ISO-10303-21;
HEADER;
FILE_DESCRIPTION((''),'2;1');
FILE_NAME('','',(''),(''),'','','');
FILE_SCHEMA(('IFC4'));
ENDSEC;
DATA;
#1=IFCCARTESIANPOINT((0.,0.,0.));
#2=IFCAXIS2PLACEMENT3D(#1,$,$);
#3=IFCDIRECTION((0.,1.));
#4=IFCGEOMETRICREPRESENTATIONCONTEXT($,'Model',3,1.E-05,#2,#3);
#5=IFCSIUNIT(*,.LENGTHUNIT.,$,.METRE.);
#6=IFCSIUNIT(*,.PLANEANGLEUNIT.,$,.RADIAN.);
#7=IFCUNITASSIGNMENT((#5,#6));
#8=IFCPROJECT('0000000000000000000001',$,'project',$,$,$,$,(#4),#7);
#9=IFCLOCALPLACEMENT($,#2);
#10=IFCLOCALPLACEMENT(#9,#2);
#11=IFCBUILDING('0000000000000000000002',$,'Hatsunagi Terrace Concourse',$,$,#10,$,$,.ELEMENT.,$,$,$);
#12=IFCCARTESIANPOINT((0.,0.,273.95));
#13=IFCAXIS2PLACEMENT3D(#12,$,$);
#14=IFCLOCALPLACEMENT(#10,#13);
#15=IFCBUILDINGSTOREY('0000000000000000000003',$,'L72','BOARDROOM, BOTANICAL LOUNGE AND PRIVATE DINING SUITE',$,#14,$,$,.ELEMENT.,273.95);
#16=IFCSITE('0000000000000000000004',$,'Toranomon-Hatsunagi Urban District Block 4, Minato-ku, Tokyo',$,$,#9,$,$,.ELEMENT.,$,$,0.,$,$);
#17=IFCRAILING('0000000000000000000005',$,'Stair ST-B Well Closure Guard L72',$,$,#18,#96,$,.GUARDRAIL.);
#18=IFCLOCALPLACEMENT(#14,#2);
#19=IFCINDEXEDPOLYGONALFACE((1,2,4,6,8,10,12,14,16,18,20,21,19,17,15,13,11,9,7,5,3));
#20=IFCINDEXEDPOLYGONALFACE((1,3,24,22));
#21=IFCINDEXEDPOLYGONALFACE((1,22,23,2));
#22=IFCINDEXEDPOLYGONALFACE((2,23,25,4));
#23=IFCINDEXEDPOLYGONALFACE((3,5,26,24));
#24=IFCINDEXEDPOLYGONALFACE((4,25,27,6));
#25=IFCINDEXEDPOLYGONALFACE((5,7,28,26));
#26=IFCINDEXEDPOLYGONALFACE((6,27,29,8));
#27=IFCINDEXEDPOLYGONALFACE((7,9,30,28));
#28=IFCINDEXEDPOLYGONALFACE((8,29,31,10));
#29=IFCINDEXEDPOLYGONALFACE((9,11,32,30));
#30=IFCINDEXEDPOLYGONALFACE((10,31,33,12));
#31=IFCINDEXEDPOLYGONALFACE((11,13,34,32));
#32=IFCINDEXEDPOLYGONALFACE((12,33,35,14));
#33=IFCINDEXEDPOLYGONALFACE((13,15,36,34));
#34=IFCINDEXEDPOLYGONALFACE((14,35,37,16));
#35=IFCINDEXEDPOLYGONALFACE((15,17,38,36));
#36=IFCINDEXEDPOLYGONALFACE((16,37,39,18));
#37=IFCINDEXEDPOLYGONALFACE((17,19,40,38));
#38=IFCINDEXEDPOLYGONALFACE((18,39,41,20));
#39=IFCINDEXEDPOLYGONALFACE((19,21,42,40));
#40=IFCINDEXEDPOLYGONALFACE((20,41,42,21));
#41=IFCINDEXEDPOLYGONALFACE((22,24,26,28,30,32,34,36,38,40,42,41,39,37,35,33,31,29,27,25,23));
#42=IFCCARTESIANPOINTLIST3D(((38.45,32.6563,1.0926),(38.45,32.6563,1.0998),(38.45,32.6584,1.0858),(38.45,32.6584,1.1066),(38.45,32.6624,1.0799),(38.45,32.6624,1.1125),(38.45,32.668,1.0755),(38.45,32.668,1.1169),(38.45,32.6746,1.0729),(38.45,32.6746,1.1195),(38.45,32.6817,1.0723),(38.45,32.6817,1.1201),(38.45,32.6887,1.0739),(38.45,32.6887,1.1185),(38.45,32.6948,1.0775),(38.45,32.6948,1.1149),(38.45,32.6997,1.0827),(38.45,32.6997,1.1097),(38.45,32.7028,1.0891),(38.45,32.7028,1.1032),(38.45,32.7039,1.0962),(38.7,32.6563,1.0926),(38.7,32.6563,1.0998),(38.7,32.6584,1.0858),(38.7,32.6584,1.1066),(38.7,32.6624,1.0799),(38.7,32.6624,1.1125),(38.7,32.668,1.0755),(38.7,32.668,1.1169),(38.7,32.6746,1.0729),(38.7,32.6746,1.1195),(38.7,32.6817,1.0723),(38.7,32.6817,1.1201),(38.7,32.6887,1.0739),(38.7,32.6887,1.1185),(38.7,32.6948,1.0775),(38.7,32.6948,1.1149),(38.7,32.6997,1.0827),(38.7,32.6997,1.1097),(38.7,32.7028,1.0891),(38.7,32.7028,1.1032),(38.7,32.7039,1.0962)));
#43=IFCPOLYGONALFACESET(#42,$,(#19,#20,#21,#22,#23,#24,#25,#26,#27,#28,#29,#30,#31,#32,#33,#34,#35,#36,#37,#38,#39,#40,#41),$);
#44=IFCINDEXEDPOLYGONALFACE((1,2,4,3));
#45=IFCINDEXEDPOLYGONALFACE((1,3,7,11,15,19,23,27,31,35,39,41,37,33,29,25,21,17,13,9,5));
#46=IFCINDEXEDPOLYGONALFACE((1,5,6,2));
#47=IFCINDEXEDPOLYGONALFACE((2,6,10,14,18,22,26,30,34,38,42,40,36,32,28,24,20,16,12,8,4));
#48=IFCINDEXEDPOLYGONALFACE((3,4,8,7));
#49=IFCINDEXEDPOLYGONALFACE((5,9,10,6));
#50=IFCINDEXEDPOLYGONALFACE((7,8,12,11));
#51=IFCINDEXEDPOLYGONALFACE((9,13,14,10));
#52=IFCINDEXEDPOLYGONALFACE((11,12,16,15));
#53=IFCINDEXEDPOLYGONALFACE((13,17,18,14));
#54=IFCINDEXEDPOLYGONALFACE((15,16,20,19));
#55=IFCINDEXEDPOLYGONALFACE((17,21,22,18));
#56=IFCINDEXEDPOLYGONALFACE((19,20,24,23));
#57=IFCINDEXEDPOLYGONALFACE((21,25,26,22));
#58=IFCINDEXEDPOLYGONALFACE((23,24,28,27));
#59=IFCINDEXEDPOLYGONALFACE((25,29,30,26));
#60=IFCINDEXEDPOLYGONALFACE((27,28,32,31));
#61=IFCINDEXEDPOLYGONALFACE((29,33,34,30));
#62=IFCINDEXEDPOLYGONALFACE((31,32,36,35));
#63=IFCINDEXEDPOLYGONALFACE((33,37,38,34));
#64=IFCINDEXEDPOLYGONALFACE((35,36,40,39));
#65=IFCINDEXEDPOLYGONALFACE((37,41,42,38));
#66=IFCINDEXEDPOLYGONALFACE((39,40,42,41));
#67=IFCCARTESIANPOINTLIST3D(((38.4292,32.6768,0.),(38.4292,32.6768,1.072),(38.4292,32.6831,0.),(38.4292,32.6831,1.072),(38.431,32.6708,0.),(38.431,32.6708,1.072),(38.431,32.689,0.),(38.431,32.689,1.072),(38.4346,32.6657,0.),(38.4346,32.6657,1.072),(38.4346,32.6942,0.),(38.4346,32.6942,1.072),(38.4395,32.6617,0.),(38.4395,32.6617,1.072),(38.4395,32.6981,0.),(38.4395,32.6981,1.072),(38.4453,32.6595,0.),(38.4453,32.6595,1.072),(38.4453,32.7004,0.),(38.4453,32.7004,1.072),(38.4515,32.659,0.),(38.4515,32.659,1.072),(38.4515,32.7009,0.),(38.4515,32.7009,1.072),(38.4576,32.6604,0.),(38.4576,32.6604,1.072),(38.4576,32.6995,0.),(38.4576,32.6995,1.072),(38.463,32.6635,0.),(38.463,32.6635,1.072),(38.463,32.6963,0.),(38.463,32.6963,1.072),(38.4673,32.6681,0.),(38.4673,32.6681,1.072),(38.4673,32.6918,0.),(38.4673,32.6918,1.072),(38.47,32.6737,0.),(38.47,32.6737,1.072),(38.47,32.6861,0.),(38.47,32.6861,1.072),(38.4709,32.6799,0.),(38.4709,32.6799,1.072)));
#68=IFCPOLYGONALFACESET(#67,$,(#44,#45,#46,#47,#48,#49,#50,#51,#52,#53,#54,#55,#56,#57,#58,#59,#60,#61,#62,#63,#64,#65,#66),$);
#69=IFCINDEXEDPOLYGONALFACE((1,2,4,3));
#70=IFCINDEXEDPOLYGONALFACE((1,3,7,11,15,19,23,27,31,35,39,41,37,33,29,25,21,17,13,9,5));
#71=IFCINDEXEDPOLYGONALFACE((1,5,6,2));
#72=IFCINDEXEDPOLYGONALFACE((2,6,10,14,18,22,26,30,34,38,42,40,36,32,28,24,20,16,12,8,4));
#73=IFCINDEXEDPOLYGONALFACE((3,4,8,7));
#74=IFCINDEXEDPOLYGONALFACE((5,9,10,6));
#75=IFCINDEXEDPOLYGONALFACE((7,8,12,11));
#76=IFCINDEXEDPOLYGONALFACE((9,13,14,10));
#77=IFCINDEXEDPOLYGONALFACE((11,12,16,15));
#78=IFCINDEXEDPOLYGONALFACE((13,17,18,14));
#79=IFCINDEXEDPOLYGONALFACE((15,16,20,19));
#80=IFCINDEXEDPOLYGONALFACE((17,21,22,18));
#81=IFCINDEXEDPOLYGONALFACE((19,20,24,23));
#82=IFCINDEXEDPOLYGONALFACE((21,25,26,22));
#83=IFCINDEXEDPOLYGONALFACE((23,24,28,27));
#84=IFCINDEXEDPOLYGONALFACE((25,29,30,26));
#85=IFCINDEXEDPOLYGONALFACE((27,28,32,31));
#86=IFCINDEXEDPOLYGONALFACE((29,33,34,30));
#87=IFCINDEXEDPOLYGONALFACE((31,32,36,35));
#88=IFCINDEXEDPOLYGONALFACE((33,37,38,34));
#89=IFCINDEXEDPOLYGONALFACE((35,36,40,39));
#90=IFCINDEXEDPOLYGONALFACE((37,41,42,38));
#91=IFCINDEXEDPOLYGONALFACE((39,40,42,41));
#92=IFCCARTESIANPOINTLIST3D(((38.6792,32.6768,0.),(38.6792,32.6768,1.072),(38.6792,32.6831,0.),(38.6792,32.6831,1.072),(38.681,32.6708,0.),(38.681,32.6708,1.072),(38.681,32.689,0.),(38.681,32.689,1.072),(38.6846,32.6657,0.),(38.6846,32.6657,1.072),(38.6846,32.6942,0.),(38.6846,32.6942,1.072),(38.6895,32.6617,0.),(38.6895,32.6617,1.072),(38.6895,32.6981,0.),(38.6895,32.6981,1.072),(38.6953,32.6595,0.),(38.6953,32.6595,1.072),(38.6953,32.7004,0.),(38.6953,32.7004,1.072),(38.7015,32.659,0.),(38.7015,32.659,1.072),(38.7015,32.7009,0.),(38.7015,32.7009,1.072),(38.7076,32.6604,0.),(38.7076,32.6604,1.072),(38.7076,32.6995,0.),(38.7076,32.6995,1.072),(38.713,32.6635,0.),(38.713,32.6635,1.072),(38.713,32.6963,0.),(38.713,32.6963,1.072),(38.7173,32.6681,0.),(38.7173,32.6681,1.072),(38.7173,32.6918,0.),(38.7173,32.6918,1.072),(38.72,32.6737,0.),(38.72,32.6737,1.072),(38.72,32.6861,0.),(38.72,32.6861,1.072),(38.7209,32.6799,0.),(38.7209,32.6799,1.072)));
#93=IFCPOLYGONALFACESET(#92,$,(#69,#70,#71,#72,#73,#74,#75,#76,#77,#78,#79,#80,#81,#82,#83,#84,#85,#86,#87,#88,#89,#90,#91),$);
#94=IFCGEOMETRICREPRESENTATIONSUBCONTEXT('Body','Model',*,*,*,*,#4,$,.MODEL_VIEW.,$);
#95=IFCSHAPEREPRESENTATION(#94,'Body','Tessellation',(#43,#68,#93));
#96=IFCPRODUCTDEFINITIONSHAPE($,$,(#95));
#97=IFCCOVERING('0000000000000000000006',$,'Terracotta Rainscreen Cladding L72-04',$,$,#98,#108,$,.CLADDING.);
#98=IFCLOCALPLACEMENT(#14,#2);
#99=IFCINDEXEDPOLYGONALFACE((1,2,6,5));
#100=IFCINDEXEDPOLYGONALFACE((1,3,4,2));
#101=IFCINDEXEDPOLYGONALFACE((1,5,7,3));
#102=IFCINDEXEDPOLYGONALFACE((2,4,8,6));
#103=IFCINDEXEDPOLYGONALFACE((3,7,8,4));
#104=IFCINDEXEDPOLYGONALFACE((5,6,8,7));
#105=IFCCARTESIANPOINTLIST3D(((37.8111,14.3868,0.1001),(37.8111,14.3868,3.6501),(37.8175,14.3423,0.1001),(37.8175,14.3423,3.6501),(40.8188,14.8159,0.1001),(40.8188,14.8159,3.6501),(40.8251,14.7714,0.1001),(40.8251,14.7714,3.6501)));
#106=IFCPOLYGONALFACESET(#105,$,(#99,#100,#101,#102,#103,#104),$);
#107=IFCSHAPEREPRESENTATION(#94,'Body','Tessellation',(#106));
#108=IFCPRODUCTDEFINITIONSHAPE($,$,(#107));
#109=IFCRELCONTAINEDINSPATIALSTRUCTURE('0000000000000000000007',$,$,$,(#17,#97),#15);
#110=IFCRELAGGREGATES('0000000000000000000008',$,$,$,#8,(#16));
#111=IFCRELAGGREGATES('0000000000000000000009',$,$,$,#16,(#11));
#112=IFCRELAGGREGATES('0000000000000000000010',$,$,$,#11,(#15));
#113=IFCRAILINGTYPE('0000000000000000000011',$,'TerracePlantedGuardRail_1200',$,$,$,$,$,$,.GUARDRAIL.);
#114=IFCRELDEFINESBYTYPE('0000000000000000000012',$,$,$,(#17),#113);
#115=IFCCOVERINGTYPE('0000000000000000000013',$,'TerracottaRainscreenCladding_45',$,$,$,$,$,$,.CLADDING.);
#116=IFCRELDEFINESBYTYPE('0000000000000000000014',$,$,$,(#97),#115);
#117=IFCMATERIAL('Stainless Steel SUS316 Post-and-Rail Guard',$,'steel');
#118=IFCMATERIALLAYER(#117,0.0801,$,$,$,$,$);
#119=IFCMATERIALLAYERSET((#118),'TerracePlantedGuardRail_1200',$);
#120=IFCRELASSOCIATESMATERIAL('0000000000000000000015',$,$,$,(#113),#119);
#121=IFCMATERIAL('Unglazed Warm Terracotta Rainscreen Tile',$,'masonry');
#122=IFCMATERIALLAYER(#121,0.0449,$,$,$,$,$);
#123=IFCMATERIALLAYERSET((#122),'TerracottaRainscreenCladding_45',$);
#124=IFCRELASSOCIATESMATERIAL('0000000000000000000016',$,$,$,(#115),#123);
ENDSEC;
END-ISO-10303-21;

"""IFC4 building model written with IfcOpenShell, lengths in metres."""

from ifc_helpers import new_model, si_unit, direction, frame, origin, origin_2d, place, context, subcontext, project, spatial, rectangle, circle, extrude, material, layer, layer_set, type_object, element, save


model = new_model("IFC4")

# Units and contexts
model_context = context("Model", 3, precision=1e-05, world=origin(), true_north=direction((0.0, 1.0)))
body_context = subcontext(model_context, "Body", "Model", "MODEL_VIEW")
ifc_project = project(units=[si_unit("LENGTHUNIT", "METRE"), si_unit("PLANEANGLEUNIT", "RADIAN")], contexts=[model_context])

# Site, building, storey
site_placement = place(None, origin())
site = spatial("IfcSite", under=ifc_project, at=site_placement, Name="Toranomon-Hatsunagi Urban District Block 4, Minato-ku, Tokyo", CompositionType="ELEMENT", RefElevation=0.0)
building_placement = place(site_placement, origin())
building = spatial("IfcBuilding", under=site, at=building_placement, Name="Hatsunagi Terrace Concourse", CompositionType="ELEMENT")
storey_placement = place(building_placement, frame((0.0, 0.0, 273.95)))
storey = spatial("IfcBuildingStorey", under=building, at=storey_placement, Name="L72", Description="BOARDROOM, BOTANICAL LOUNGE AND PRIVATE DINING SUITE", CompositionType="ELEMENT", Elevation=273.95)

# Railing
ifc_material_1 = material(Name="Stainless Steel SUS316 Post-and-Rail Guard", Category="steel")
ifc_layer_1 = layer(ifc_material_1, 0.0801)
ifc_layer_set_1 = layer_set([ifc_layer_1], Name="TerracePlantedGuardRail_1200")
railing_type_1 = type_object("IfcRailingType", Name="TerracePlantedGuardRail_1200", PredefinedType="GUARDRAIL", material=ifc_layer_set_1)
railing_1_placement = place(storey_placement, frame((38.45, 32.6799, 0.0)))
element("IfcRailing", 1, at=railing_1_placement, inside=storey, type_object=railing_type_1, Name="Stair ST-B Well Closure Guard L72", PredefinedType="GUARDRAIL", context=body_context, shape_type="SweptSolid", body=[
    extrude(circle(Radius=0.0239, at=origin_2d()), frame((0.0, 0.0, 1.0962), z_axis=(1.0, 0.0, 0.0), x_axis=(0.0, 1.0, 0.0)), (0.0, 0.0, 1.0), 0.25),
    extrude(circle(Radius=0.021, at=origin_2d()), origin(), (0.0, 0.0, 1.0), 1.072),
    extrude(circle(Radius=0.021, at=origin_2d()), frame((0.25, 0.0, 0.0)), (0.0, 0.0, 1.0), 1.072),
])

# Covering
ifc_material_2 = material(Name="Unglazed Warm Terracotta Rainscreen Tile", Category="masonry")
ifc_layer_2 = layer(ifc_material_2, 0.0449)
ifc_layer_set_2 = layer_set([ifc_layer_2], Name="TerracottaRainscreenCladding_45")
covering_type = type_object("IfcCoveringType", Name="TerracottaRainscreenCladding_45", PredefinedType="CLADDING", material=ifc_layer_set_2)
covering_placement = place(storey_placement, frame((39.3181, 14.5791, 0.1001), z_axis=(0.0, 0.0, 1.0), x_axis=(-0.989974, -0.14125, 0.0)))
element("IfcCovering", 2, at=covering_placement, inside=storey, type_object=covering_type, Name="Terracotta Rainscreen Cladding L72-04", PredefinedType="CLADDING", context=body_context, shape_type="SweptSolid", body=[
    extrude(rectangle(XDim=3.0381, YDim=0.0449, at=origin_2d()), origin(), (0.0, 0.0, 1.0), 3.55),
])

save(model, "model.ifc")
